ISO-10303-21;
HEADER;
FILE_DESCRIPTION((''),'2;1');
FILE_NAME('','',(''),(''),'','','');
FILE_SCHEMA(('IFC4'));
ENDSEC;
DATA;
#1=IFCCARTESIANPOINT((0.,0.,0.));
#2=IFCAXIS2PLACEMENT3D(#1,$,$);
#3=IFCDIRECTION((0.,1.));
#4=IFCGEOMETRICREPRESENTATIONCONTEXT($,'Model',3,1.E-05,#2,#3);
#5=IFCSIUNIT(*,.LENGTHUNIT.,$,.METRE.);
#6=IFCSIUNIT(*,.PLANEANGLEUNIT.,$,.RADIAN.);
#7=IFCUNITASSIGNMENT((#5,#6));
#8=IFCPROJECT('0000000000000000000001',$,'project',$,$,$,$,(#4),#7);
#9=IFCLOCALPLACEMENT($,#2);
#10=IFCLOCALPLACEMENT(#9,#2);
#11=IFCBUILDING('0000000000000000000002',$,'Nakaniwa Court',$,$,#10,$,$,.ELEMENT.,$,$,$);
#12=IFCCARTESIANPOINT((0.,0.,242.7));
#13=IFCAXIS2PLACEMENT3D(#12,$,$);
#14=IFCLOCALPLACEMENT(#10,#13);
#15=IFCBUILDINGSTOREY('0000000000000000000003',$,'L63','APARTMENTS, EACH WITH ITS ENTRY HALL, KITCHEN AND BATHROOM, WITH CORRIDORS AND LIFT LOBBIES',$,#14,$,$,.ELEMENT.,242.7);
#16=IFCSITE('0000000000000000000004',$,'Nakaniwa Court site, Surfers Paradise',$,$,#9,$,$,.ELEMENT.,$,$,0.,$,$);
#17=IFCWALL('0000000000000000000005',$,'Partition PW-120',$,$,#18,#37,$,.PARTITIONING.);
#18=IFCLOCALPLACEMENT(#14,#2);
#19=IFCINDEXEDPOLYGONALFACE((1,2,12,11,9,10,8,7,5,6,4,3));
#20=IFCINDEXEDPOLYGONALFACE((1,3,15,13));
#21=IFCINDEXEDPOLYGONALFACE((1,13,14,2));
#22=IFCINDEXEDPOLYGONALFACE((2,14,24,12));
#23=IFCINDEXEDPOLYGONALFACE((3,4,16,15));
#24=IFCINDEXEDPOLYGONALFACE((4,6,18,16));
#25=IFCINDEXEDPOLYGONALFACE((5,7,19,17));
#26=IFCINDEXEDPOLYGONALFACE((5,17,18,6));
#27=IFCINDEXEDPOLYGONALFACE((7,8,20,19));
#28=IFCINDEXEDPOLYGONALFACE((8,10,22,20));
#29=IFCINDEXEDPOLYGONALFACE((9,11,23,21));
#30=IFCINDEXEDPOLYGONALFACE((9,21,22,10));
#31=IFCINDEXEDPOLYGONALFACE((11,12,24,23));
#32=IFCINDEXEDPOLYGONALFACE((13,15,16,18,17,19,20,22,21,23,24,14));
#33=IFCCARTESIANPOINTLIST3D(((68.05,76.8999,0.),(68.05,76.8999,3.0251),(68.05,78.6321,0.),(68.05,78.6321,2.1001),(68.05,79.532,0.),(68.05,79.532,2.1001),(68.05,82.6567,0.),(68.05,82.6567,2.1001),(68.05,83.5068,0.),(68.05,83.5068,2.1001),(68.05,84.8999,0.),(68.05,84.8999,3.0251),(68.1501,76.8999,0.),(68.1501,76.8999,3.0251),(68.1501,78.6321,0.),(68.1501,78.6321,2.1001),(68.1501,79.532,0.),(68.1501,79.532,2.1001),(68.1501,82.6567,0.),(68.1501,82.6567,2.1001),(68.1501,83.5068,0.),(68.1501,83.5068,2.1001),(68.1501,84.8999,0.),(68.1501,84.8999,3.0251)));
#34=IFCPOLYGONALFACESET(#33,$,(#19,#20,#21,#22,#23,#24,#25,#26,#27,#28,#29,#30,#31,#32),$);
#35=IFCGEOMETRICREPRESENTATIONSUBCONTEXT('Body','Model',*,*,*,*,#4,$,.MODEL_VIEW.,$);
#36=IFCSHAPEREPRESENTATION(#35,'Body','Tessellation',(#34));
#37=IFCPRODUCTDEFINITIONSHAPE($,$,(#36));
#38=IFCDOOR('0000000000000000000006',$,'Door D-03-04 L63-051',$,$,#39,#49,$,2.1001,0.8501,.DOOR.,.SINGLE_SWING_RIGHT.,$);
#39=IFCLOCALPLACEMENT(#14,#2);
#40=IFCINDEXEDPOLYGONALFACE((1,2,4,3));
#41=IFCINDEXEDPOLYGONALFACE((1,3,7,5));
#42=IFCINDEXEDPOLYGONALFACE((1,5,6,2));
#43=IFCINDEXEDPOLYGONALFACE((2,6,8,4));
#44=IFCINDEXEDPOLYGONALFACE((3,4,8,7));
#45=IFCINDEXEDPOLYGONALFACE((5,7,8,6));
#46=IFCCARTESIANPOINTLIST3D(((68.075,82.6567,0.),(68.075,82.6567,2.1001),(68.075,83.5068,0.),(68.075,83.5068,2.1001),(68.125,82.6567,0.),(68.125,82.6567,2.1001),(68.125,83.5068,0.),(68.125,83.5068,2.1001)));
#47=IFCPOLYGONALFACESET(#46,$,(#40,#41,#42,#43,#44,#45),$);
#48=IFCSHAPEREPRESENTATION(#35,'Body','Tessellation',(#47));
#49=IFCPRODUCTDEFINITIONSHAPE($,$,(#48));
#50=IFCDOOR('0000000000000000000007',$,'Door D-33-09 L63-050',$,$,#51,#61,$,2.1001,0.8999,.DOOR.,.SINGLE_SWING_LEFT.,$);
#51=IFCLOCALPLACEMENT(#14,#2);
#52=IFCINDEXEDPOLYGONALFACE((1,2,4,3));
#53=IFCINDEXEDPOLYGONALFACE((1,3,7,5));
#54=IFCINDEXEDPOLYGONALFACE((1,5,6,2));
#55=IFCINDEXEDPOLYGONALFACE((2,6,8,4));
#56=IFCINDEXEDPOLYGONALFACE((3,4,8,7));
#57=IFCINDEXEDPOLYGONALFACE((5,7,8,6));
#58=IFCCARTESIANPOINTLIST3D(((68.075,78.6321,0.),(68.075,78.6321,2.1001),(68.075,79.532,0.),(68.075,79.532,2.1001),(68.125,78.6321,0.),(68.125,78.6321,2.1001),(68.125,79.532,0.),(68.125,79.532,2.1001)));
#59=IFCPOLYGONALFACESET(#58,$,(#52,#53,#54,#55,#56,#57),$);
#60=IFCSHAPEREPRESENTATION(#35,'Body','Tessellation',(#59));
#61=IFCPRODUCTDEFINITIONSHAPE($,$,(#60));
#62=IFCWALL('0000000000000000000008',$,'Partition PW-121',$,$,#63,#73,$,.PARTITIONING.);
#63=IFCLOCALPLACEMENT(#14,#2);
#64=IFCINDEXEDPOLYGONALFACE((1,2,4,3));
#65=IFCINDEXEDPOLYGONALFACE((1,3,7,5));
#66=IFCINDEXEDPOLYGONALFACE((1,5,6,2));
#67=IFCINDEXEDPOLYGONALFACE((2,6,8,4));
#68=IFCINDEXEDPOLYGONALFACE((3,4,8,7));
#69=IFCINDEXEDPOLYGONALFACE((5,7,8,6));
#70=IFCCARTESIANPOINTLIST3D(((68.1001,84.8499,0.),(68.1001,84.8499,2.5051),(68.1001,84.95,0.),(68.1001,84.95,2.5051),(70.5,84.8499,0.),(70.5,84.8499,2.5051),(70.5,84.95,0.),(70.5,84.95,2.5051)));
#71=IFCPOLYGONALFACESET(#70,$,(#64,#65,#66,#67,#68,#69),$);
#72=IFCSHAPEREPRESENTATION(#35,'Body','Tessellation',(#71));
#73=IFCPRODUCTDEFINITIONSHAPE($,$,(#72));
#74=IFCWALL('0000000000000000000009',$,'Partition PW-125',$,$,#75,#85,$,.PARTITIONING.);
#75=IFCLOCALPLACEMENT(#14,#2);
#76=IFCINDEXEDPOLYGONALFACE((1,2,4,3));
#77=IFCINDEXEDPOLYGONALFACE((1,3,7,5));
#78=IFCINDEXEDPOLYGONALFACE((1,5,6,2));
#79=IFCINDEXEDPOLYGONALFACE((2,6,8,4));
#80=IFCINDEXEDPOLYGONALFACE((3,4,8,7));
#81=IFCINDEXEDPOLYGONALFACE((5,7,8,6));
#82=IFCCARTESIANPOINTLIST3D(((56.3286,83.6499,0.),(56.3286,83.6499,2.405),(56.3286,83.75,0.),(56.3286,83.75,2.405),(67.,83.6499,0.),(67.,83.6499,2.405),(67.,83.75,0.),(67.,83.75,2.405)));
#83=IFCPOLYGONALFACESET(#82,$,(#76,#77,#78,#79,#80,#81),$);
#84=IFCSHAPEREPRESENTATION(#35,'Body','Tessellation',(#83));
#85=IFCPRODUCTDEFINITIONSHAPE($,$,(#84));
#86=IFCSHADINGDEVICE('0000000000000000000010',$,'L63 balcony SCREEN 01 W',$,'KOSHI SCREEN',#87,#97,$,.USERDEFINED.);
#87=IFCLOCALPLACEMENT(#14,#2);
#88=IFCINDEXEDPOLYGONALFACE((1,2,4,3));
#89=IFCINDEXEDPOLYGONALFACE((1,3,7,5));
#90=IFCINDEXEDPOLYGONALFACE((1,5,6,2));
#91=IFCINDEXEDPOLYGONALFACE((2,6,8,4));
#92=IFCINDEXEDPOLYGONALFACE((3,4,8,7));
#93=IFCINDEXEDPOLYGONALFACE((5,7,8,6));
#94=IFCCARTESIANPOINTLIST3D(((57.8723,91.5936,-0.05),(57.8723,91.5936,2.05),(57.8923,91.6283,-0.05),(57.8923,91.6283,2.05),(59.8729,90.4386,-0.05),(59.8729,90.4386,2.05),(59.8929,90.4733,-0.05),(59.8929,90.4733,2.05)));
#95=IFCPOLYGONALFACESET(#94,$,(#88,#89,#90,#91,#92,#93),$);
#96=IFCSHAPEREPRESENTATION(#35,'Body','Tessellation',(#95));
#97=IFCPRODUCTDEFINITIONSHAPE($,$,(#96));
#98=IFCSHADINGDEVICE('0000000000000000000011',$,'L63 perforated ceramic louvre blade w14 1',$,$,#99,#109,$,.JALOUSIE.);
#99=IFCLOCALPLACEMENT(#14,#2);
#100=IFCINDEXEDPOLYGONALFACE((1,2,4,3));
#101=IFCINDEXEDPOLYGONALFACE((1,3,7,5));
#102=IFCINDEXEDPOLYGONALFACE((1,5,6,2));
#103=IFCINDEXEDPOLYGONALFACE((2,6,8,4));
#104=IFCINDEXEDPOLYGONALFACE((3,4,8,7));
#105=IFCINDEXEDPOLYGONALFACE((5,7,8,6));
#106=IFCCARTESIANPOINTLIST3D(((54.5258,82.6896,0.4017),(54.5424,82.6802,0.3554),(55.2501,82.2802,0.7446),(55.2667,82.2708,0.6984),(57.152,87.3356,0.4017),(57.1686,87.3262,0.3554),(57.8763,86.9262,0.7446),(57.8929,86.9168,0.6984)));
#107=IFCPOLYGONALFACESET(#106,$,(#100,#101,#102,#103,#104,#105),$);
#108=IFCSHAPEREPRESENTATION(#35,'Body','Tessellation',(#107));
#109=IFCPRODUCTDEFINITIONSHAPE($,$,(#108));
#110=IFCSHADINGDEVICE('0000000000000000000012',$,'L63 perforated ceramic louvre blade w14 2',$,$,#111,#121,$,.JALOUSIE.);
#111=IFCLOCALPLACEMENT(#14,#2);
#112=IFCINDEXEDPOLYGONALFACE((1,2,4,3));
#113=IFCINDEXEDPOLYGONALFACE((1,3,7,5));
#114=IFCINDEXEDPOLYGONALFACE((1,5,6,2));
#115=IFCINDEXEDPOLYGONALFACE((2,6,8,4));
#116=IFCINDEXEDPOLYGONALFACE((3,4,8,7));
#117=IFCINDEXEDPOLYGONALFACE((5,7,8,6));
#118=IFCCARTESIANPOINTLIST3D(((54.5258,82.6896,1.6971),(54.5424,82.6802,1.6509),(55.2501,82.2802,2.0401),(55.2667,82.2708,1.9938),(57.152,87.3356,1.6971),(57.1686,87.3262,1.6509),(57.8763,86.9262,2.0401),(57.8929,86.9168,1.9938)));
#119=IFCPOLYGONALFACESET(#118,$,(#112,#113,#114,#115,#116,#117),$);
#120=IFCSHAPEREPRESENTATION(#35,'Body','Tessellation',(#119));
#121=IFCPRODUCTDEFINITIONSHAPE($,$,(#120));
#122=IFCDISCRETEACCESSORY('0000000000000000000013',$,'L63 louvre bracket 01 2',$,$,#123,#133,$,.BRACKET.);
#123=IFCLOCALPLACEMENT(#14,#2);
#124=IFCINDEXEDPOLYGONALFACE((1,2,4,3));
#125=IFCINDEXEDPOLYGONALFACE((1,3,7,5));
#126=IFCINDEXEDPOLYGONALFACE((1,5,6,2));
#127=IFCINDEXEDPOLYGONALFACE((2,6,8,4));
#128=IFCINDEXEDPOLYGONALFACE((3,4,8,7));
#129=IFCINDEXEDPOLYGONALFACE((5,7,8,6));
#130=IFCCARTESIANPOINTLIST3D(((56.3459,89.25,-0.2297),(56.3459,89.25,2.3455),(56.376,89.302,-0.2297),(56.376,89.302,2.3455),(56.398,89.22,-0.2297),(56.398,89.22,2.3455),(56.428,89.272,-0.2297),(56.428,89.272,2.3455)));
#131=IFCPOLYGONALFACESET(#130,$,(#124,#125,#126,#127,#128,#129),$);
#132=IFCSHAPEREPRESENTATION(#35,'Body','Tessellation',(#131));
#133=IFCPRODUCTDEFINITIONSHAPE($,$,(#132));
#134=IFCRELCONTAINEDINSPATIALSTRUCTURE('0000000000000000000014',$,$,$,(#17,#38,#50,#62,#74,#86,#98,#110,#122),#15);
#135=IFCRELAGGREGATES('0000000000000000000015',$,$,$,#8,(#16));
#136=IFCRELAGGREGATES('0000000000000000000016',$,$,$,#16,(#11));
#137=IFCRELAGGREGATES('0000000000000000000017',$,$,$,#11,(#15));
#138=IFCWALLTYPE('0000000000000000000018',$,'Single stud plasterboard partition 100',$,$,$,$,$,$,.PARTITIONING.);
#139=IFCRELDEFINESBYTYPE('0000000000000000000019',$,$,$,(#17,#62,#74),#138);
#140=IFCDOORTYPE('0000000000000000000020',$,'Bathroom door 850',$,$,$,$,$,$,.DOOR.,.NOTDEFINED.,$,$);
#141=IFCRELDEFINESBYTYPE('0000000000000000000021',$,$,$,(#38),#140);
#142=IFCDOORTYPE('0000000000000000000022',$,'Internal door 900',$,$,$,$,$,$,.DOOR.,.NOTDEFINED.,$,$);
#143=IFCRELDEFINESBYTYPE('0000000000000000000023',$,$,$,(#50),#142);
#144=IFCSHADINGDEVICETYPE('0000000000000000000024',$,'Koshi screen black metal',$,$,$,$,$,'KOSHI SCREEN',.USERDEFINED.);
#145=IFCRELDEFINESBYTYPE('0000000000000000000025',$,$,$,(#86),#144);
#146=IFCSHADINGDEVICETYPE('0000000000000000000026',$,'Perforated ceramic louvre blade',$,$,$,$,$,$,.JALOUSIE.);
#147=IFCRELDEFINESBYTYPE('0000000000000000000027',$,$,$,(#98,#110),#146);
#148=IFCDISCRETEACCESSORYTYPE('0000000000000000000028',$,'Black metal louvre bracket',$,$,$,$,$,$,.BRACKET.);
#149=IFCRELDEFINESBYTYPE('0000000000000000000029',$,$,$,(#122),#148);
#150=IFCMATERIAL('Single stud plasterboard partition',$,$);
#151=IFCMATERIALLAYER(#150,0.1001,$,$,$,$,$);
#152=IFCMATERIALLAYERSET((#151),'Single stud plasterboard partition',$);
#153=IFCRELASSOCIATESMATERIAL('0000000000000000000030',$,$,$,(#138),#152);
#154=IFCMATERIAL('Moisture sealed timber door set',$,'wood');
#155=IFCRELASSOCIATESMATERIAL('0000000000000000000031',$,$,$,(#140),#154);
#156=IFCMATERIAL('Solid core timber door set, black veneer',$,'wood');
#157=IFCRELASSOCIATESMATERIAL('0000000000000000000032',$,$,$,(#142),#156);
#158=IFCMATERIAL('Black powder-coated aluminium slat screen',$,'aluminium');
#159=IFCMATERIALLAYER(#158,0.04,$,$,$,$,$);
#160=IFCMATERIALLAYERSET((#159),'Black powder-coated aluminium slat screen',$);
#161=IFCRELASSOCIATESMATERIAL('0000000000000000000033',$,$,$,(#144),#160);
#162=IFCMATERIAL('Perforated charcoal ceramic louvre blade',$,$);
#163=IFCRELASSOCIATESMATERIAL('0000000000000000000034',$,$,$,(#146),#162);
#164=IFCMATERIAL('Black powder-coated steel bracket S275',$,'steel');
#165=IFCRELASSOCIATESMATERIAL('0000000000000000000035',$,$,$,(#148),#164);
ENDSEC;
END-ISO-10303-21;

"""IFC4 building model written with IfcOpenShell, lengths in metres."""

from ifc_helpers import new_model, si_unit, direction, frame, frame_2d, origin, origin_2d, place, context, subcontext, project, spatial, rectangle, extrude, material, layer, layer_set, material_profile, profile_set, type_object, element, fill, save


model = new_model("IFC4")

# Units and contexts
model_context = context("Model", 3, precision=1e-05, world=origin(), true_north=direction((0.0, 1.0)))
body_context = subcontext(model_context, "Body", "Model", "MODEL_VIEW")
ifc_project = project(units=[si_unit("LENGTHUNIT", "METRE"), si_unit("PLANEANGLEUNIT", "RADIAN")], contexts=[model_context])

# Site, building, storey
site_placement = place(None, origin())
site = spatial("IfcSite", under=ifc_project, at=site_placement, Name="Nakaniwa Court site, Surfers Paradise", CompositionType="ELEMENT", RefElevation=0.0)
building_placement = place(site_placement, origin())
building = spatial("IfcBuilding", under=site, at=building_placement, Name="Nakaniwa Court", CompositionType="ELEMENT")
storey_placement = place(building_placement, frame((0.0, 0.0, 242.7)))
storey = spatial("IfcBuildingStorey", under=building, at=storey_placement, Name="L63", Description="APARTMENTS, EACH WITH ITS ENTRY HALL, KITCHEN AND BATHROOM, WITH CORRIDORS AND LIFT LOBBIES", CompositionType="ELEMENT", Elevation=242.7)

# Wall, openings, doors
ifc_material_1 = material(Name="Single stud plasterboard partition")
ifc_layer_1 = layer(ifc_material_1, 0.1001)
ifc_layer_set_1 = layer_set([ifc_layer_1], Name="Single stud plasterboard partition")
wall_type_1 = type_object("IfcWallType", Name="Single stud plasterboard partition 100", PredefinedType="PARTITIONING", material=ifc_layer_set_1)
wall_1_placement = place(storey_placement, frame((68.1001, 84.8999, 0.0), z_axis=(0.0, 0.0, 1.0), x_axis=(0.0, -1.0, 0.0)))
wall_1 = element("IfcWall", 1, at=wall_1_placement, inside=storey, type_object=wall_type_1, Name="Partition PW-120", PredefinedType="PARTITIONING", context=body_context, shape_type="SweptSolid", body=[
    extrude(rectangle(XDim=8.0, YDim=0.1001, at=frame_2d((4.0, 0.0))), origin(), (0.0, 0.0, 1.0), 3.0251),
])
opening_1_placement = place(wall_1_placement, frame((5.3679, 0.0, 0.0)))
opening_1 = element("IfcOpeningElement", 2, at=opening_1_placement, cuts=wall_1, PredefinedType="OPENING", context=body_context, shape_type="SweptSolid", body=[
    extrude(rectangle(XDim=0.8999, YDim=2.1001, at=frame_2d((0.45, 1.05))), frame((0.0, 0.0601, 0.0), z_axis=(0.0, -1.0, 0.0), x_axis=(1.0, 0.0, 0.0)), (0.0, 0.0, 1.0), 0.1201),
])
opening_2_placement = place(wall_1_placement, frame((1.3931, 0.0, 0.0)))
opening_2 = element("IfcOpeningElement", 3, at=opening_2_placement, cuts=wall_1, PredefinedType="OPENING", context=body_context, shape_type="SweptSolid", body=[
    extrude(rectangle(XDim=0.8501, YDim=2.1001, at=frame_2d((0.425, 1.05))), frame((0.0, 0.0601, 0.0), z_axis=(0.0, -1.0, 0.0), x_axis=(1.0, 0.0, 0.0)), (0.0, 0.0, 1.0), 0.1201),
])
ifc_material_2 = material(Name="Moisture sealed timber door set", Category="wood")
door_type_1 = type_object("IfcDoorType", Name="Bathroom door 850", OperationType="NOTDEFINED", PredefinedType="DOOR", material=ifc_material_2)
door_1_placement = place(opening_2_placement, origin())
door_1 = element("IfcDoor", 4, at=door_1_placement, inside=storey, type_object=door_type_1, Name="Door D-03-04 L63-051", OperationType="SINGLE_SWING_RIGHT", OverallHeight=2.1001, OverallWidth=0.8501, PredefinedType="DOOR", context=body_context, shape_type="SweptSolid", body=[
    extrude(rectangle(XDim=0.8501, YDim=2.1001, at=frame_2d((0.425, 1.05))), frame((0.0, 0.0249, 0.0), z_axis=(0.0, -1.0, 0.0), x_axis=(1.0, 0.0, 0.0)), (0.0, 0.0, 1.0), 0.05),
])
fill(opening_2, door_1)
ifc_material_3 = material(Name="Solid core timber door set, black veneer", Category="wood")
door_type_2 = type_object("IfcDoorType", Name="Internal door 900", OperationType="NOTDEFINED", PredefinedType="DOOR", material=ifc_material_3)
door_2_placement = place(opening_1_placement, origin())
door_2 = element("IfcDoor", 5, at=door_2_placement, inside=storey, type_object=door_type_2, Name="Door D-33-09 L63-050", OperationType="SINGLE_SWING_LEFT", OverallHeight=2.1001, OverallWidth=0.8999, PredefinedType="DOOR", context=body_context, shape_type="SweptSolid", body=[
    extrude(rectangle(XDim=0.8999, YDim=2.1001, at=frame_2d((0.45, 1.05))), frame((0.0, 0.0249, 0.0), z_axis=(0.0, -1.0, 0.0), x_axis=(1.0, 0.0, 0.0)), (0.0, 0.0, 1.0), 0.05),
])
fill(opening_1, door_2)

# Walls
wall_2_placement = place(storey_placement, frame((68.1001, 84.8999, 0.0), z_axis=(0.0, 0.0, 1.0), x_axis=(1.0, 0.0, 0.0)))
element("IfcWall", 6, at=wall_2_placement, inside=storey, type_object=wall_type_1, Name="Partition PW-121", PredefinedType="PARTITIONING", context=body_context, shape_type="SweptSolid", body=[
    extrude(rectangle(XDim=2.3999, YDim=0.1001, at=frame_2d((1.2, 0.0))), origin(), (0.0, 0.0, 1.0), 2.5051),
])
wall_3_placement = place(storey_placement, frame((56.3286, 83.7, 0.0), z_axis=(0.0, 0.0, 1.0), x_axis=(1.0, 0.0, 0.0)))
element("IfcWall", 7, at=wall_3_placement, inside=storey, type_object=wall_type_1, Name="Partition PW-125", PredefinedType="PARTITIONING", context=body_context, shape_type="SweptSolid", body=[
    extrude(rectangle(XDim=10.6714, YDim=0.1001, at=frame_2d((5.3357, 0.0))), origin(), (0.0, 0.0, 1.0), 2.405),
])

# Shading devices
ifc_material_4 = material(Name="Black powder-coated aluminium slat screen", Category="aluminium")
ifc_layer_2 = layer(ifc_material_4, 0.04)
ifc_layer_set_2 = layer_set([ifc_layer_2], Name="Black powder-coated aluminium slat screen")
shading_device_type_1 = type_object("IfcShadingDeviceType", Name="Koshi screen black metal", ElementType="KOSHI SCREEN", PredefinedType="USERDEFINED", material=ifc_layer_set_2)
shading_device_placement = place(storey_placement, frame((58.8826, 91.0334, -0.05), z_axis=(0.0, 0.0, 1.0), x_axis=(-0.499986, -0.866033, 0.0)))
element("IfcShadingDevice", 8, at=shading_device_placement, inside=storey, type_object=shading_device_type_1, Name="L63 balcony SCREEN 01 W", ObjectType="KOSHI SCREEN", PredefinedType="USERDEFINED", context=body_context, shape_type="SweptSolid", body=[
    extrude(rectangle(XDim=0.04, YDim=2.3101, at=origin_2d()), origin(), (0.0, 0.0, 1.0), 2.1001),
])
ifc_material_5 = material(Name="Perforated charcoal ceramic louvre blade")
ifc_material_profile_1 = material_profile(ifc_material_5, rectangle(XDim=0.8999, YDim=0.05, at=origin_2d()), Name="Perforated ceramic louvre blade")
ifc_profile_set_1 = profile_set([ifc_material_profile_1], Name="Perforated charcoal ceramic louvre blade")
shading_device_type_2 = type_object("IfcShadingDeviceType", Name="Perforated ceramic louvre blade", PredefinedType="JALOUSIE", material=ifc_profile_set_1)
for number, where, z_axis, x_axis, name in (
    (9, (57.5225, 87.1262, 0.55), (-0.492089, -0.870545, 0.0), (0.804859, -0.454959, 0.38107), "L63 perforated ceramic louvre blade w14 1"),
    (10, (57.5225, 87.1262, 1.8455), (-0.492089, -0.870545, 0.0), (0.804859, -0.454959, 0.38107), "L63 perforated ceramic louvre blade w14 2"),
):
    element("IfcShadingDevice", number, at=place(storey_placement, frame(where, z_axis=z_axis, x_axis=x_axis)), inside=storey, type_object=shading_device_type_2, Name=name, PredefinedType="JALOUSIE", context=body_context, shape_type="SweptSolid", body=[
        extrude(rectangle(XDim=0.8999, YDim=0.05, at=origin_2d()), origin(), (0.0, 0.0, 1.0), 5.3369),
    ])

# Discrete accessory
ifc_material_6 = material(Name="Black powder-coated steel bracket S275", Category="steel")
discrete_accessory_type = type_object("IfcDiscreteAccessoryType", Name="Black metal louvre bracket", PredefinedType="BRACKET", material=ifc_material_6)
discrete_accessory_placement = place(storey_placement, frame((56.387, 89.261, -0.2297), z_axis=(0.0, 0.0, 1.0), x_axis=(-0.499986, -0.866033, 0.0)))
element("IfcDiscreteAccessory", 11, at=discrete_accessory_placement, inside=storey, type_object=discrete_accessory_type, Name="L63 louvre bracket 01 2", PredefinedType="BRACKET", context=body_context, shape_type="SweptSolid", body=[
    extrude(rectangle(XDim=0.0601, YDim=0.0601, at=origin_2d()), origin(), (0.0, 0.0, 1.0), 2.5752),
])

save(model, "model.ifc")
